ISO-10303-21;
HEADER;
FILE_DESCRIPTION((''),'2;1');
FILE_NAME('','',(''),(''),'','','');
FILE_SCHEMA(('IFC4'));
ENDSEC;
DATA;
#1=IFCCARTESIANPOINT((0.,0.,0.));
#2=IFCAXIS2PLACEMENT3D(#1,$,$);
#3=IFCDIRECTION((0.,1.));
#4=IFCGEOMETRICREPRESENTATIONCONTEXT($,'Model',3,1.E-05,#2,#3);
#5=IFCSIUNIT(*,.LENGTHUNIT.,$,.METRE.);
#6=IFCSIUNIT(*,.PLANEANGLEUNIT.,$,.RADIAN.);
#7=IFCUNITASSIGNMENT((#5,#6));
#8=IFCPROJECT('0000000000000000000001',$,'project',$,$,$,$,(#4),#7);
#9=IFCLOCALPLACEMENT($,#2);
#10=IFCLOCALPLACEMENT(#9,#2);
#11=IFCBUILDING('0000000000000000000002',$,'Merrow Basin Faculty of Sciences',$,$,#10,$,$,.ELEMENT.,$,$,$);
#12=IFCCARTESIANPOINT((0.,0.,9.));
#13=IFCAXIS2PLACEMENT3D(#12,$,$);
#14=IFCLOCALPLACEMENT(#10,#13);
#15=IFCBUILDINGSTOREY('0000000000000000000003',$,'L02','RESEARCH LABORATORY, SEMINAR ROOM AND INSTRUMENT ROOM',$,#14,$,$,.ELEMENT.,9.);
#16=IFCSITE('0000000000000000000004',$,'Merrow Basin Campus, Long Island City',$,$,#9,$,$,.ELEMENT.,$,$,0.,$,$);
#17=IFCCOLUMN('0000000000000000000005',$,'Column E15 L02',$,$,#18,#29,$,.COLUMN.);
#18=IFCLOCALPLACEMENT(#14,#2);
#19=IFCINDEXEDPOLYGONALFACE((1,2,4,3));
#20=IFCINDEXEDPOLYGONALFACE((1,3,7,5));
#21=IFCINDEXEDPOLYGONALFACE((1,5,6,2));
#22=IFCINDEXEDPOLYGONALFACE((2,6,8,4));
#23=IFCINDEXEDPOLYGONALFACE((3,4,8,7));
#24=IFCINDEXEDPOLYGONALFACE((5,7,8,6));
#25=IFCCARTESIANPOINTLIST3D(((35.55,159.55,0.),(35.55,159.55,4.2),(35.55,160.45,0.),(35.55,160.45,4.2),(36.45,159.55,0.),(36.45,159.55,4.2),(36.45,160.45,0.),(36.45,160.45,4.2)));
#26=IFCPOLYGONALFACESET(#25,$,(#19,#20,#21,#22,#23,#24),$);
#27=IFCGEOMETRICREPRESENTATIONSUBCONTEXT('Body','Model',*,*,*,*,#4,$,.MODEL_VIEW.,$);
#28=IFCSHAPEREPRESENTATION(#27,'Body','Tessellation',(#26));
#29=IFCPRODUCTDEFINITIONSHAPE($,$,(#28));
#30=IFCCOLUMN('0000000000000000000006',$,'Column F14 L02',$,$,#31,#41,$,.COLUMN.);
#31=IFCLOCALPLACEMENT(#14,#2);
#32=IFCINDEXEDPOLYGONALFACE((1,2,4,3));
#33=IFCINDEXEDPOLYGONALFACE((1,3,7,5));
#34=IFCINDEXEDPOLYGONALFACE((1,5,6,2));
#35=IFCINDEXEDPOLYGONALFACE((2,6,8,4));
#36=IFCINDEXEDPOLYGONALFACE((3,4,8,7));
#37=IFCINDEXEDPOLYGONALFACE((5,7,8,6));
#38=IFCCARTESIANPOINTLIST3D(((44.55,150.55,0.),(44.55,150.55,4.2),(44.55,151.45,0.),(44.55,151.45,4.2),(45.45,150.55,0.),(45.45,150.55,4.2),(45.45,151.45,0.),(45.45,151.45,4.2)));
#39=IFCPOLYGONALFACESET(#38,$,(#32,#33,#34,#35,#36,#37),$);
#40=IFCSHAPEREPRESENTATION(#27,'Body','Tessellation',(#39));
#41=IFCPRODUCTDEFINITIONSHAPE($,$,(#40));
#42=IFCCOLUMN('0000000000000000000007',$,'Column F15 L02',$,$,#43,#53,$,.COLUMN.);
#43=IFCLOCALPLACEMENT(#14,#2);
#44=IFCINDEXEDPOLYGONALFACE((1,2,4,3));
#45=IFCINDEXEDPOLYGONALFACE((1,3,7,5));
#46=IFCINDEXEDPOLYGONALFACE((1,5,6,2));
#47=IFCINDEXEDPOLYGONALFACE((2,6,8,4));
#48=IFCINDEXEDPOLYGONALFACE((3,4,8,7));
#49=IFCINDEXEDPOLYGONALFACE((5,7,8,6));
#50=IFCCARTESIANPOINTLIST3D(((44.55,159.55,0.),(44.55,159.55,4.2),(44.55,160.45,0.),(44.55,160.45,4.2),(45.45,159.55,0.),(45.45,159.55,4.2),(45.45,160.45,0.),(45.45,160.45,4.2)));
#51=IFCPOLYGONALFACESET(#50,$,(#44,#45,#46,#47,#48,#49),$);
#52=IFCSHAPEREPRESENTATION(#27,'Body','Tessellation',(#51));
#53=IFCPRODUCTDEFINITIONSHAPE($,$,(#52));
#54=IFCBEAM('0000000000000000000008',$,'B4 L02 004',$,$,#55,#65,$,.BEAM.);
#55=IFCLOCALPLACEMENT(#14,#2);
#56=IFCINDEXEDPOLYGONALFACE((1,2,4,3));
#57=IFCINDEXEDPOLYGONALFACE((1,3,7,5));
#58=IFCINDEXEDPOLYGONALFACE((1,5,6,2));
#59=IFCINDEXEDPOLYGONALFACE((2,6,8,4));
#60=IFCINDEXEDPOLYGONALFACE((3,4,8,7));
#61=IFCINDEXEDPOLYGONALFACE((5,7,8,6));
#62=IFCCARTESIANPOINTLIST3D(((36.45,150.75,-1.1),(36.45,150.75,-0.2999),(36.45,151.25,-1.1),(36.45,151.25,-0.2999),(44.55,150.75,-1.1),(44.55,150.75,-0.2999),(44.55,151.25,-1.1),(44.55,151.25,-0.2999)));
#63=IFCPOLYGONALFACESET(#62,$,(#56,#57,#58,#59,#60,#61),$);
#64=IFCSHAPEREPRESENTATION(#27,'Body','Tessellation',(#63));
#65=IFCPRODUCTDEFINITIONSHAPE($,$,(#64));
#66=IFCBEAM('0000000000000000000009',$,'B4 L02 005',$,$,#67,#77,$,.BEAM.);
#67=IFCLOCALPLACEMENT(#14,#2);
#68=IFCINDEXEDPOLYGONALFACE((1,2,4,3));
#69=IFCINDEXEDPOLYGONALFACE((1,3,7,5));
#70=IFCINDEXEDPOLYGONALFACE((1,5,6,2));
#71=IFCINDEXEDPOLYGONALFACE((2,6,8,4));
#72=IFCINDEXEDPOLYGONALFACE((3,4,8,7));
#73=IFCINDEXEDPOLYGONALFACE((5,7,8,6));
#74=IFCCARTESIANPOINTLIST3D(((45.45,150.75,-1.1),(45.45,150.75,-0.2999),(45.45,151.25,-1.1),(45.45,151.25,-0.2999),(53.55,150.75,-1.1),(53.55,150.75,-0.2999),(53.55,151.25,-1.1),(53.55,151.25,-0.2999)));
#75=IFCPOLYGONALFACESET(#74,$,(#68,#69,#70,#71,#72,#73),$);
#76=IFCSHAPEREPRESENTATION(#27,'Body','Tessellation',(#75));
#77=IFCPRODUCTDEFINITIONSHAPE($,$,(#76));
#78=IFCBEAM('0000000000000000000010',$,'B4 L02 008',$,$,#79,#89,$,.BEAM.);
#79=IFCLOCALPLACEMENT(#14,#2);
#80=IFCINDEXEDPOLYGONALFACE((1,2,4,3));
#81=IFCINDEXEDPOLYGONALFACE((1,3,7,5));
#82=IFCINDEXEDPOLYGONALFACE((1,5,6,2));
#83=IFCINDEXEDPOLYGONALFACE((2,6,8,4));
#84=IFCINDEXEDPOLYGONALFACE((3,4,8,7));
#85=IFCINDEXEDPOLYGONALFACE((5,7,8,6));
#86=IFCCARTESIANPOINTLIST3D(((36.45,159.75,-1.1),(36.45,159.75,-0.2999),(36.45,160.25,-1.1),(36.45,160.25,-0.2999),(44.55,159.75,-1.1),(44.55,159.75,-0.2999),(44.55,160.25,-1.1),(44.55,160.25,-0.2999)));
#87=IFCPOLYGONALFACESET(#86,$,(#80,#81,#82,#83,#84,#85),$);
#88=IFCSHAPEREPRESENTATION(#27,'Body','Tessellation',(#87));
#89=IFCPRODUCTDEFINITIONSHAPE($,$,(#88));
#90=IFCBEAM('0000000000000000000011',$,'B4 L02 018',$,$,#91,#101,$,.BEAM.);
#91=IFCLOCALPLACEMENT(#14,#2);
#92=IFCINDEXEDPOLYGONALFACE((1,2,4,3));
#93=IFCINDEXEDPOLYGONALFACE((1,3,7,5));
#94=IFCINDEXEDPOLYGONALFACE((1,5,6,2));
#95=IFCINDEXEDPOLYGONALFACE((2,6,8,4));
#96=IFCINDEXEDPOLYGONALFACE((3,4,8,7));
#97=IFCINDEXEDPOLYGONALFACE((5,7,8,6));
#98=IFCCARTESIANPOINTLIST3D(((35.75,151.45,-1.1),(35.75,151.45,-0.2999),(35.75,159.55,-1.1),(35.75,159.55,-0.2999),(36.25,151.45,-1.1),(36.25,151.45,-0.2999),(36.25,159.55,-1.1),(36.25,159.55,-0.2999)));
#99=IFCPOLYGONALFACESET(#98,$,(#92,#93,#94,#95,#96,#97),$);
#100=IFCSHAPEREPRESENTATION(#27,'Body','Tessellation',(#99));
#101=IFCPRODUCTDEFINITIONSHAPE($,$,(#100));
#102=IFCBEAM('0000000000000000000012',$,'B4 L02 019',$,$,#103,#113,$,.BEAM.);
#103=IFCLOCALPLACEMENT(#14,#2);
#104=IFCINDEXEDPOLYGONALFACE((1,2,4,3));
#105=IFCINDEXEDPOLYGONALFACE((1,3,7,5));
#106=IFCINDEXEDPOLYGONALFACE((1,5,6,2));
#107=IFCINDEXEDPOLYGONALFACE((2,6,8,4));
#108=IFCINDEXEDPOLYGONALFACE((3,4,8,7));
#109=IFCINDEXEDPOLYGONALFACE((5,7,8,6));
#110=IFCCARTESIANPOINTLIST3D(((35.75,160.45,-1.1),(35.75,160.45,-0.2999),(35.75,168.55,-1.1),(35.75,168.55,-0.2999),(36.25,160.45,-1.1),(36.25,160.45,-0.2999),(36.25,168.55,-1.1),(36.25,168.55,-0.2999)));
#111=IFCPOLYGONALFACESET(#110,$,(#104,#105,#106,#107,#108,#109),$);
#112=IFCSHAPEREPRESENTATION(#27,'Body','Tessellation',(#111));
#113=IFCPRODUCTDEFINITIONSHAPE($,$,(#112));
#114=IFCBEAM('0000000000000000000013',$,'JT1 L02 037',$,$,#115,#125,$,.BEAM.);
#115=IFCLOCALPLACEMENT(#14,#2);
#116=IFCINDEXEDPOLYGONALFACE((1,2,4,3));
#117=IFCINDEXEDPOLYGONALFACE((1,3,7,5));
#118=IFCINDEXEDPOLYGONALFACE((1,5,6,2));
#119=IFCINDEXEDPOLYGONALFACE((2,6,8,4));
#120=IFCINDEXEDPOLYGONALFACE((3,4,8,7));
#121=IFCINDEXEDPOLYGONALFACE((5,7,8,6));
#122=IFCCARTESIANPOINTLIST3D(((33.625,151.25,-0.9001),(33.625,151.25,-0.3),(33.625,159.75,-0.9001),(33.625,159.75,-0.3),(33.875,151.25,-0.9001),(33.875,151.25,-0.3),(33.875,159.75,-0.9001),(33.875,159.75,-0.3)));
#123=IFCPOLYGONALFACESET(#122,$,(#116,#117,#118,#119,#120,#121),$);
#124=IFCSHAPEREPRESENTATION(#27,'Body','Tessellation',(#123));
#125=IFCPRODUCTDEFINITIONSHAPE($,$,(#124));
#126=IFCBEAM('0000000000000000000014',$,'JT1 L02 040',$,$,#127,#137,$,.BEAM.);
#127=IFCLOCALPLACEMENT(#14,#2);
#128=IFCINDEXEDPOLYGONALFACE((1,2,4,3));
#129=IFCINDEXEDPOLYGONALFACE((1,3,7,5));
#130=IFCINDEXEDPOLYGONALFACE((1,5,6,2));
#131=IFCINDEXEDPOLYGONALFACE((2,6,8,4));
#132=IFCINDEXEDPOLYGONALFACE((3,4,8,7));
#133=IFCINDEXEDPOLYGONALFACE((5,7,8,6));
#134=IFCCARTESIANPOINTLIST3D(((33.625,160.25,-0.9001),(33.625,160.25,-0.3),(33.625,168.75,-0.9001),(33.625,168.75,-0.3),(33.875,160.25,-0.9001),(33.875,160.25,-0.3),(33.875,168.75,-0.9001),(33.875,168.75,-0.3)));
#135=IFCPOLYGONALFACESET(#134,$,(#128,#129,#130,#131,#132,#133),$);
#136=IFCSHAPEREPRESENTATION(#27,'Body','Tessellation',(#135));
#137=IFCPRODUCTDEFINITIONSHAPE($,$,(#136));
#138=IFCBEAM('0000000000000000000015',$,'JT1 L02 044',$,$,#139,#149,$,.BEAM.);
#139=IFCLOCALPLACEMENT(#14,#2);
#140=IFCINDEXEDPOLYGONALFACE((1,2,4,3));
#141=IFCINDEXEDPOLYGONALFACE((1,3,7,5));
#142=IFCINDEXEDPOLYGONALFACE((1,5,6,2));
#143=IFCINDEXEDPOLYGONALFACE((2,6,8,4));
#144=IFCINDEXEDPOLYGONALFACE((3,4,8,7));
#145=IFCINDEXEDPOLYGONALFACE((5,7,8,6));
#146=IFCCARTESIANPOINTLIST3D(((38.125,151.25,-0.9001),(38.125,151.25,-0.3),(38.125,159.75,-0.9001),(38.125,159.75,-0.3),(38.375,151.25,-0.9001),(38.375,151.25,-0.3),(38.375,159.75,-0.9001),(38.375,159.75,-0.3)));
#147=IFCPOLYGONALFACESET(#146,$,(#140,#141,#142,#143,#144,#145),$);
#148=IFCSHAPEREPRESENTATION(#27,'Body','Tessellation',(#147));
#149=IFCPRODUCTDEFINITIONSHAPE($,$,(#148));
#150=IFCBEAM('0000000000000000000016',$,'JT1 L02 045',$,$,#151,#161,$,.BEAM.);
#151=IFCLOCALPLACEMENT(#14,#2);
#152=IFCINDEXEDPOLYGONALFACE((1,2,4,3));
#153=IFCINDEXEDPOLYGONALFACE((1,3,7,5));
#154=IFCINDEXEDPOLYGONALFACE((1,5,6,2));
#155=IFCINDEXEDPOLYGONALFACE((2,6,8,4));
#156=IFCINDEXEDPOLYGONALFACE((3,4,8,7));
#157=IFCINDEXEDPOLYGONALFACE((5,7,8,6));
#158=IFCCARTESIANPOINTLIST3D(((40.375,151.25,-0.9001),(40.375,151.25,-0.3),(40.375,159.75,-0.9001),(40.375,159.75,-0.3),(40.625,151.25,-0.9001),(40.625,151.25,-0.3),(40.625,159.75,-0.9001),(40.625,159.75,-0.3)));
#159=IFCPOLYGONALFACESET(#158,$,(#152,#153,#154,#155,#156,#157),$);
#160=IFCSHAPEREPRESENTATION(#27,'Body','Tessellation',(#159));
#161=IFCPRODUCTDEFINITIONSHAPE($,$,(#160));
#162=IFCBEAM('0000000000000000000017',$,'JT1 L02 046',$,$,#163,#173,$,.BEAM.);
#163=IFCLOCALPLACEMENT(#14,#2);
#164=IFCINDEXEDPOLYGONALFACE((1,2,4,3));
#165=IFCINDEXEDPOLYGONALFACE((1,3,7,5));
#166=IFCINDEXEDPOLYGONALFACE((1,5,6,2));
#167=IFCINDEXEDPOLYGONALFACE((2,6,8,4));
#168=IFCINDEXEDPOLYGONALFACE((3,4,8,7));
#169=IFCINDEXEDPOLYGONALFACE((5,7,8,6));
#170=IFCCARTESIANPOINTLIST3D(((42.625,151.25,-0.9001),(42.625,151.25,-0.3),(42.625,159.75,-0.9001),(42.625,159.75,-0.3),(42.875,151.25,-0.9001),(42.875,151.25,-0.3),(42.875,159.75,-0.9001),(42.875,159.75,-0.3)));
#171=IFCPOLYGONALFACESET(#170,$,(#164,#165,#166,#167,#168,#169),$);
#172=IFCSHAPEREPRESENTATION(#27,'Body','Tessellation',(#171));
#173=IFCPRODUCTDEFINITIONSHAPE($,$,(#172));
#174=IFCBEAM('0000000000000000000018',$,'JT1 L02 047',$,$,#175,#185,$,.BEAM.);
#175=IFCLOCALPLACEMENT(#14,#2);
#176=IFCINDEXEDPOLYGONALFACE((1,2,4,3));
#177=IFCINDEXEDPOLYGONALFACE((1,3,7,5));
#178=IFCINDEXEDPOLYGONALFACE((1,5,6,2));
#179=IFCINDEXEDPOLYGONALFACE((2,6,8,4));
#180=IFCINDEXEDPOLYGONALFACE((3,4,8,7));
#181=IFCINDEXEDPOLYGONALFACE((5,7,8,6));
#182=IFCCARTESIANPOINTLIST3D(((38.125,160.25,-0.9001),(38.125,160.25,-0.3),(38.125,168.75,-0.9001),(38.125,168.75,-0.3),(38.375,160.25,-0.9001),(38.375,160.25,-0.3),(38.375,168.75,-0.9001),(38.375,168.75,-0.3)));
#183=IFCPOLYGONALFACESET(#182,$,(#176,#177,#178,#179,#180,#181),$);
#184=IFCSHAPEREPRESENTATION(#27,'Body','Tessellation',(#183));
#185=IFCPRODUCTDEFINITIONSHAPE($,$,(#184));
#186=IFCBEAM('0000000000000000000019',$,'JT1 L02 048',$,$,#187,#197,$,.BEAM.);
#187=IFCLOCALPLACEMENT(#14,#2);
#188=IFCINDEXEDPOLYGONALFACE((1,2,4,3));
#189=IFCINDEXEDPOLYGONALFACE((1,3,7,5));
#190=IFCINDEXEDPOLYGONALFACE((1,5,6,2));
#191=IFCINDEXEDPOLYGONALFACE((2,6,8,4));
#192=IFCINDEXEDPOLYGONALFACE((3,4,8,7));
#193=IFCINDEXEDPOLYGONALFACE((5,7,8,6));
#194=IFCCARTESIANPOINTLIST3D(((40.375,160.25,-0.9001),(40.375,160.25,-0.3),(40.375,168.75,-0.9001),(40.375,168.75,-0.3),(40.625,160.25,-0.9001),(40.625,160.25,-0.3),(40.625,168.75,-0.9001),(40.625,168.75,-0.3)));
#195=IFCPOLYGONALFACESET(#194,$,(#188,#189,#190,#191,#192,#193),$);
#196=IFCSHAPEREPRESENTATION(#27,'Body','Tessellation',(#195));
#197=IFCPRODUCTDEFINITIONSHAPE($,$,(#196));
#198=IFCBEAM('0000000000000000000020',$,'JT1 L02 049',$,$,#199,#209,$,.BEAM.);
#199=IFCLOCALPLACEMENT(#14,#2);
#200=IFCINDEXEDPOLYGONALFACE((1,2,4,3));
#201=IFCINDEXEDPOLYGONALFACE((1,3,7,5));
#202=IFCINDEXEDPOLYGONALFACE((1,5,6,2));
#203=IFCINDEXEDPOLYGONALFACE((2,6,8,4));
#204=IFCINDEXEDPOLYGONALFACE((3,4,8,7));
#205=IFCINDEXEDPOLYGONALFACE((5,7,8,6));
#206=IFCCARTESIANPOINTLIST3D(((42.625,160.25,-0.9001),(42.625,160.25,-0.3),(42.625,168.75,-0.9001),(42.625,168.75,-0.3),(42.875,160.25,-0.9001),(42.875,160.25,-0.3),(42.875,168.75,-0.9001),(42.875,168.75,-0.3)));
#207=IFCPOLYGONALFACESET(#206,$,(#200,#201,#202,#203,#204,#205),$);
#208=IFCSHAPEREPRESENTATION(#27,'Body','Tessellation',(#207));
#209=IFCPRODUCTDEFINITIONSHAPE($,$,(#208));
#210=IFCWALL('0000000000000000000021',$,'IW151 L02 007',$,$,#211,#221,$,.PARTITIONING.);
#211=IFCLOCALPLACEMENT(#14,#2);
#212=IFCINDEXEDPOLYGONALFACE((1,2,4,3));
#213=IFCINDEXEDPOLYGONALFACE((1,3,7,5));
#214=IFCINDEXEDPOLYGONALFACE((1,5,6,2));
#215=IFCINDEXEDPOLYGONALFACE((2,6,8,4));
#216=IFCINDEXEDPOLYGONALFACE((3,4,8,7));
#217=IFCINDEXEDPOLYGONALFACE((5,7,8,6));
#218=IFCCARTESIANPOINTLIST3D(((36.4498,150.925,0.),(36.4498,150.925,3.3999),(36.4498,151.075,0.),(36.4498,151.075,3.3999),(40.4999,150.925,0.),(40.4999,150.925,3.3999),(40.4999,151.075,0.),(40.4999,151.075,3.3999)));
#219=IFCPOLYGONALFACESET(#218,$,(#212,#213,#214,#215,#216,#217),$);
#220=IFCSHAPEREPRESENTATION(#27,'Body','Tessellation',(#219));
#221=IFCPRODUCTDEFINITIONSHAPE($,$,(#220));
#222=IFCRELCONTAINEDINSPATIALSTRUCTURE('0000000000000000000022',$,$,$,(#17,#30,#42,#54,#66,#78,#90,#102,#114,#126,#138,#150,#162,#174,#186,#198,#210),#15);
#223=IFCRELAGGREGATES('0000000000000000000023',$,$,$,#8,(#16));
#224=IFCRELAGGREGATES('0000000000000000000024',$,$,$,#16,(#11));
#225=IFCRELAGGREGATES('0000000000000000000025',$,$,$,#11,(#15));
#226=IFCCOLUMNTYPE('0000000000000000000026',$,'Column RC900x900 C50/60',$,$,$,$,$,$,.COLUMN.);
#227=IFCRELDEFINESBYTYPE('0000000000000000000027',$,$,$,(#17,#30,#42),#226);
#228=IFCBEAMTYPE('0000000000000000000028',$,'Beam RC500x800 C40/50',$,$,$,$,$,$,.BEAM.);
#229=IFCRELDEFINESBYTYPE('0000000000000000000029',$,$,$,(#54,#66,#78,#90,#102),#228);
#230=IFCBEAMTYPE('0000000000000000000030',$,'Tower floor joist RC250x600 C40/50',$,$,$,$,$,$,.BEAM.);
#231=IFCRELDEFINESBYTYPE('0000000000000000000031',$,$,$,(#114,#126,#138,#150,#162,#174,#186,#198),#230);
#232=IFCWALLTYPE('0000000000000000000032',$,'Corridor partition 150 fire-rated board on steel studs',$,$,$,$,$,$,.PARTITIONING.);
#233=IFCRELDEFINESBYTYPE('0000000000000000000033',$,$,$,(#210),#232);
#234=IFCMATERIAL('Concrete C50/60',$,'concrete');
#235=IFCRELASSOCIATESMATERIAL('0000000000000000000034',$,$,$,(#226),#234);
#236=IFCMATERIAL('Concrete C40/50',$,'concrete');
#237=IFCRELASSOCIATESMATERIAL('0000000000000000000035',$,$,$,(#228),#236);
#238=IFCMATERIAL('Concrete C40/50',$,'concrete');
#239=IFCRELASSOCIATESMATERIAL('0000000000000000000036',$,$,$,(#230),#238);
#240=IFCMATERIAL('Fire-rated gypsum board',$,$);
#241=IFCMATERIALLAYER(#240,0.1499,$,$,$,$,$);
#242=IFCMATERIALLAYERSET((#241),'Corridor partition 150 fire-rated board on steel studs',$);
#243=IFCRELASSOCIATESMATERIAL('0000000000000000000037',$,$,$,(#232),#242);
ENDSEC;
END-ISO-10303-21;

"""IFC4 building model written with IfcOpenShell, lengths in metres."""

from ifc_helpers import new_model, si_unit, direction, frame, frame_2d, origin, origin_2d, place, context, subcontext, project, spatial, rectangle, extrude, material, layer, layer_set, material_profile, profile_set, type_object, element, save


model = new_model("IFC4")

# Units and contexts
model_context = context("Model", 3, precision=1e-05, world=origin(), true_north=direction((0.0, 1.0)))
body_context = subcontext(model_context, "Body", "Model", "MODEL_VIEW")
ifc_project = project(units=[si_unit("LENGTHUNIT", "METRE"), si_unit("PLANEANGLEUNIT", "RADIAN")], contexts=[model_context])

# Site, building, storey
site_placement = place(None, origin())
site = spatial("IfcSite", under=ifc_project, at=site_placement, Name="Merrow Basin Campus, Long Island City", CompositionType="ELEMENT", RefElevation=0.0)
building_placement = place(site_placement, origin())
building = spatial("IfcBuilding", under=site, at=building_placement, Name="Merrow Basin Faculty of Sciences", CompositionType="ELEMENT")
storey_placement = place(building_placement, frame((0.0, 0.0, 9.0)))
storey = spatial("IfcBuildingStorey", under=building, at=storey_placement, Name="L02", Description="RESEARCH LABORATORY, SEMINAR ROOM AND INSTRUMENT ROOM", CompositionType="ELEMENT", Elevation=9.0)

# Columns
ifc_material_1 = material(Name="Concrete C50/60", Category="concrete")
ifc_material_profile_1 = material_profile(ifc_material_1, rectangle(XDim=0.8999, YDim=0.8999, at=origin_2d()))
ifc_profile_set_1 = profile_set([ifc_material_profile_1], Name="Concrete C50/60")
column_type = type_object("IfcColumnType", Name="Column RC900x900 C50/60", PredefinedType="COLUMN", material=ifc_profile_set_1)
for number, where, z_axis, x_axis, name in (
    (1, (36.0, 160.0, 0.0), (0.0, 0.0, 1.0), (1.0, 0.0, 0.0), "Column E15 L02"),
    (2, (45.0, 151.0, 0.0), (0.0, 0.0, 1.0), (1.0, 0.0, 0.0), "Column F14 L02"),
    (3, (45.0, 160.0, 0.0), (0.0, 0.0, 1.0), (1.0, 0.0, 0.0), "Column F15 L02"),
):
    element("IfcColumn", number, at=place(storey_placement, frame(where, z_axis=z_axis, x_axis=x_axis)), inside=storey, type_object=column_type, Name=name, PredefinedType="COLUMN", context=body_context, shape_type="SweptSolid", body=[
        extrude(rectangle(XDim=0.8999, YDim=0.8999, at=origin_2d()), origin(), (0.0, 0.0, 1.0), 4.2),
    ])

# Beams
ifc_material_2 = material(Name="Concrete C40/50", Category="concrete")
ifc_material_profile_2 = material_profile(ifc_material_2, rectangle(XDim=0.5, YDim=0.8, at=origin_2d()))
ifc_profile_set_2 = profile_set([ifc_material_profile_2], Name="Concrete C40/50")
beam_type_1 = type_object("IfcBeamType", Name="Beam RC500x800 C40/50", PredefinedType="BEAM", material=ifc_profile_set_2)
for number, where, z_axis, x_axis, name in (
    (4, (36.45, 151.0, -0.7), (1.0, 0.0, 0.0), (0.0, 1.0, 0.0), "B4 L02 004"),
    (5, (45.45, 151.0, -0.7), (1.0, 0.0, 0.0), (0.0, 1.0, 0.0), "B4 L02 005"),
    (6, (36.45, 160.0, -0.7), (1.0, 0.0, 0.0), (0.0, 1.0, 0.0), "B4 L02 008"),
    (7, (36.0, 151.45, -0.7), (0.0, 1.0, 0.0), (-1.0, 0.0, 0.0), "B4 L02 018"),
    (8, (36.0, 160.45, -0.7), (0.0, 1.0, 0.0), (-1.0, 0.0, 0.0), "B4 L02 019"),
):
    element("IfcBeam", number, at=place(storey_placement, frame(where, z_axis=z_axis, x_axis=x_axis)), inside=storey, type_object=beam_type_1, Name=name, PredefinedType="BEAM", context=body_context, shape_type="SweptSolid", body=[
        extrude(rectangle(XDim=0.5, YDim=0.8, at=origin_2d()), origin(), (0.0, 0.0, 1.0), 8.1001),
    ])
ifc_material_3 = material(Name="Concrete C40/50", Category="concrete")
ifc_material_profile_3 = material_profile(ifc_material_3, rectangle(XDim=0.25, YDim=0.6001, at=origin_2d()))
ifc_profile_set_3 = profile_set([ifc_material_profile_3], Name="Concrete C40/50")
beam_type_2 = type_object("IfcBeamType", Name="Tower floor joist RC250x600 C40/50", PredefinedType="BEAM", material=ifc_profile_set_3)
for number, where, z_axis, x_axis, name in (
    (9, (33.75, 151.25, -0.6001), (0.0, 1.0, 0.0), (-1.0, 0.0, 0.0), "JT1 L02 037"),
    (10, (33.75, 160.25, -0.6001), (0.0, 1.0, 0.0), (-1.0, 0.0, 0.0), "JT1 L02 040"),
    (11, (38.25, 151.25, -0.6001), (0.0, 1.0, 0.0), (-1.0, 0.0, 0.0), "JT1 L02 044"),
    (12, (40.5, 151.25, -0.6001), (0.0, 1.0, 0.0), (-1.0, 0.0, 0.0), "JT1 L02 045"),
    (13, (42.75, 151.25, -0.6001), (0.0, 1.0, 0.0), (-1.0, 0.0, 0.0), "JT1 L02 046"),
    (14, (38.25, 160.25, -0.6001), (0.0, 1.0, 0.0), (-1.0, 0.0, 0.0), "JT1 L02 047"),
    (15, (40.5, 160.25, -0.6001), (0.0, 1.0, 0.0), (-1.0, 0.0, 0.0), "JT1 L02 048"),
    (16, (42.75, 160.25, -0.6001), (0.0, 1.0, 0.0), (-1.0, 0.0, 0.0), "JT1 L02 049"),
):
    element("IfcBeam", number, at=place(storey_placement, frame(where, z_axis=z_axis, x_axis=x_axis)), inside=storey, type_object=beam_type_2, Name=name, PredefinedType="BEAM", context=body_context, shape_type="SweptSolid", body=[
        extrude(rectangle(XDim=0.25, YDim=0.6001, at=origin_2d()), origin(), (0.0, 0.0, 1.0), 8.5),
    ])

# Wall
ifc_material_4 = material(Name="Fire-rated gypsum board")
ifc_layer_1 = layer(ifc_material_4, 0.1499)
ifc_layer_set_1 = layer_set([ifc_layer_1], Name="Corridor partition 150 fire-rated board on steel studs")
wall_type_1 = type_object("IfcWallType", Name="Corridor partition 150 fire-rated board on steel studs", PredefinedType="PARTITIONING", material=ifc_layer_set_1)
wall_1_placement = place(storey_placement, frame((36.45, 151.0, 0.0), z_axis=(0.0, 0.0, 1.0), x_axis=(1.0, 0.0, 0.0)))
element("IfcWall", 17, at=wall_1_placement, inside=storey, type_object=wall_type_1, Name="IW151 L02 007", PredefinedType="PARTITIONING", context=body_context, shape_type="SweptSolid", body=[
    extrude(rectangle(XDim=4.05, YDim=0.1499, at=frame_2d((2.0249, 0.0))), origin(), (0.0, 0.0, 1.0), 3.3999),
])

save(model, "model.ifc")
